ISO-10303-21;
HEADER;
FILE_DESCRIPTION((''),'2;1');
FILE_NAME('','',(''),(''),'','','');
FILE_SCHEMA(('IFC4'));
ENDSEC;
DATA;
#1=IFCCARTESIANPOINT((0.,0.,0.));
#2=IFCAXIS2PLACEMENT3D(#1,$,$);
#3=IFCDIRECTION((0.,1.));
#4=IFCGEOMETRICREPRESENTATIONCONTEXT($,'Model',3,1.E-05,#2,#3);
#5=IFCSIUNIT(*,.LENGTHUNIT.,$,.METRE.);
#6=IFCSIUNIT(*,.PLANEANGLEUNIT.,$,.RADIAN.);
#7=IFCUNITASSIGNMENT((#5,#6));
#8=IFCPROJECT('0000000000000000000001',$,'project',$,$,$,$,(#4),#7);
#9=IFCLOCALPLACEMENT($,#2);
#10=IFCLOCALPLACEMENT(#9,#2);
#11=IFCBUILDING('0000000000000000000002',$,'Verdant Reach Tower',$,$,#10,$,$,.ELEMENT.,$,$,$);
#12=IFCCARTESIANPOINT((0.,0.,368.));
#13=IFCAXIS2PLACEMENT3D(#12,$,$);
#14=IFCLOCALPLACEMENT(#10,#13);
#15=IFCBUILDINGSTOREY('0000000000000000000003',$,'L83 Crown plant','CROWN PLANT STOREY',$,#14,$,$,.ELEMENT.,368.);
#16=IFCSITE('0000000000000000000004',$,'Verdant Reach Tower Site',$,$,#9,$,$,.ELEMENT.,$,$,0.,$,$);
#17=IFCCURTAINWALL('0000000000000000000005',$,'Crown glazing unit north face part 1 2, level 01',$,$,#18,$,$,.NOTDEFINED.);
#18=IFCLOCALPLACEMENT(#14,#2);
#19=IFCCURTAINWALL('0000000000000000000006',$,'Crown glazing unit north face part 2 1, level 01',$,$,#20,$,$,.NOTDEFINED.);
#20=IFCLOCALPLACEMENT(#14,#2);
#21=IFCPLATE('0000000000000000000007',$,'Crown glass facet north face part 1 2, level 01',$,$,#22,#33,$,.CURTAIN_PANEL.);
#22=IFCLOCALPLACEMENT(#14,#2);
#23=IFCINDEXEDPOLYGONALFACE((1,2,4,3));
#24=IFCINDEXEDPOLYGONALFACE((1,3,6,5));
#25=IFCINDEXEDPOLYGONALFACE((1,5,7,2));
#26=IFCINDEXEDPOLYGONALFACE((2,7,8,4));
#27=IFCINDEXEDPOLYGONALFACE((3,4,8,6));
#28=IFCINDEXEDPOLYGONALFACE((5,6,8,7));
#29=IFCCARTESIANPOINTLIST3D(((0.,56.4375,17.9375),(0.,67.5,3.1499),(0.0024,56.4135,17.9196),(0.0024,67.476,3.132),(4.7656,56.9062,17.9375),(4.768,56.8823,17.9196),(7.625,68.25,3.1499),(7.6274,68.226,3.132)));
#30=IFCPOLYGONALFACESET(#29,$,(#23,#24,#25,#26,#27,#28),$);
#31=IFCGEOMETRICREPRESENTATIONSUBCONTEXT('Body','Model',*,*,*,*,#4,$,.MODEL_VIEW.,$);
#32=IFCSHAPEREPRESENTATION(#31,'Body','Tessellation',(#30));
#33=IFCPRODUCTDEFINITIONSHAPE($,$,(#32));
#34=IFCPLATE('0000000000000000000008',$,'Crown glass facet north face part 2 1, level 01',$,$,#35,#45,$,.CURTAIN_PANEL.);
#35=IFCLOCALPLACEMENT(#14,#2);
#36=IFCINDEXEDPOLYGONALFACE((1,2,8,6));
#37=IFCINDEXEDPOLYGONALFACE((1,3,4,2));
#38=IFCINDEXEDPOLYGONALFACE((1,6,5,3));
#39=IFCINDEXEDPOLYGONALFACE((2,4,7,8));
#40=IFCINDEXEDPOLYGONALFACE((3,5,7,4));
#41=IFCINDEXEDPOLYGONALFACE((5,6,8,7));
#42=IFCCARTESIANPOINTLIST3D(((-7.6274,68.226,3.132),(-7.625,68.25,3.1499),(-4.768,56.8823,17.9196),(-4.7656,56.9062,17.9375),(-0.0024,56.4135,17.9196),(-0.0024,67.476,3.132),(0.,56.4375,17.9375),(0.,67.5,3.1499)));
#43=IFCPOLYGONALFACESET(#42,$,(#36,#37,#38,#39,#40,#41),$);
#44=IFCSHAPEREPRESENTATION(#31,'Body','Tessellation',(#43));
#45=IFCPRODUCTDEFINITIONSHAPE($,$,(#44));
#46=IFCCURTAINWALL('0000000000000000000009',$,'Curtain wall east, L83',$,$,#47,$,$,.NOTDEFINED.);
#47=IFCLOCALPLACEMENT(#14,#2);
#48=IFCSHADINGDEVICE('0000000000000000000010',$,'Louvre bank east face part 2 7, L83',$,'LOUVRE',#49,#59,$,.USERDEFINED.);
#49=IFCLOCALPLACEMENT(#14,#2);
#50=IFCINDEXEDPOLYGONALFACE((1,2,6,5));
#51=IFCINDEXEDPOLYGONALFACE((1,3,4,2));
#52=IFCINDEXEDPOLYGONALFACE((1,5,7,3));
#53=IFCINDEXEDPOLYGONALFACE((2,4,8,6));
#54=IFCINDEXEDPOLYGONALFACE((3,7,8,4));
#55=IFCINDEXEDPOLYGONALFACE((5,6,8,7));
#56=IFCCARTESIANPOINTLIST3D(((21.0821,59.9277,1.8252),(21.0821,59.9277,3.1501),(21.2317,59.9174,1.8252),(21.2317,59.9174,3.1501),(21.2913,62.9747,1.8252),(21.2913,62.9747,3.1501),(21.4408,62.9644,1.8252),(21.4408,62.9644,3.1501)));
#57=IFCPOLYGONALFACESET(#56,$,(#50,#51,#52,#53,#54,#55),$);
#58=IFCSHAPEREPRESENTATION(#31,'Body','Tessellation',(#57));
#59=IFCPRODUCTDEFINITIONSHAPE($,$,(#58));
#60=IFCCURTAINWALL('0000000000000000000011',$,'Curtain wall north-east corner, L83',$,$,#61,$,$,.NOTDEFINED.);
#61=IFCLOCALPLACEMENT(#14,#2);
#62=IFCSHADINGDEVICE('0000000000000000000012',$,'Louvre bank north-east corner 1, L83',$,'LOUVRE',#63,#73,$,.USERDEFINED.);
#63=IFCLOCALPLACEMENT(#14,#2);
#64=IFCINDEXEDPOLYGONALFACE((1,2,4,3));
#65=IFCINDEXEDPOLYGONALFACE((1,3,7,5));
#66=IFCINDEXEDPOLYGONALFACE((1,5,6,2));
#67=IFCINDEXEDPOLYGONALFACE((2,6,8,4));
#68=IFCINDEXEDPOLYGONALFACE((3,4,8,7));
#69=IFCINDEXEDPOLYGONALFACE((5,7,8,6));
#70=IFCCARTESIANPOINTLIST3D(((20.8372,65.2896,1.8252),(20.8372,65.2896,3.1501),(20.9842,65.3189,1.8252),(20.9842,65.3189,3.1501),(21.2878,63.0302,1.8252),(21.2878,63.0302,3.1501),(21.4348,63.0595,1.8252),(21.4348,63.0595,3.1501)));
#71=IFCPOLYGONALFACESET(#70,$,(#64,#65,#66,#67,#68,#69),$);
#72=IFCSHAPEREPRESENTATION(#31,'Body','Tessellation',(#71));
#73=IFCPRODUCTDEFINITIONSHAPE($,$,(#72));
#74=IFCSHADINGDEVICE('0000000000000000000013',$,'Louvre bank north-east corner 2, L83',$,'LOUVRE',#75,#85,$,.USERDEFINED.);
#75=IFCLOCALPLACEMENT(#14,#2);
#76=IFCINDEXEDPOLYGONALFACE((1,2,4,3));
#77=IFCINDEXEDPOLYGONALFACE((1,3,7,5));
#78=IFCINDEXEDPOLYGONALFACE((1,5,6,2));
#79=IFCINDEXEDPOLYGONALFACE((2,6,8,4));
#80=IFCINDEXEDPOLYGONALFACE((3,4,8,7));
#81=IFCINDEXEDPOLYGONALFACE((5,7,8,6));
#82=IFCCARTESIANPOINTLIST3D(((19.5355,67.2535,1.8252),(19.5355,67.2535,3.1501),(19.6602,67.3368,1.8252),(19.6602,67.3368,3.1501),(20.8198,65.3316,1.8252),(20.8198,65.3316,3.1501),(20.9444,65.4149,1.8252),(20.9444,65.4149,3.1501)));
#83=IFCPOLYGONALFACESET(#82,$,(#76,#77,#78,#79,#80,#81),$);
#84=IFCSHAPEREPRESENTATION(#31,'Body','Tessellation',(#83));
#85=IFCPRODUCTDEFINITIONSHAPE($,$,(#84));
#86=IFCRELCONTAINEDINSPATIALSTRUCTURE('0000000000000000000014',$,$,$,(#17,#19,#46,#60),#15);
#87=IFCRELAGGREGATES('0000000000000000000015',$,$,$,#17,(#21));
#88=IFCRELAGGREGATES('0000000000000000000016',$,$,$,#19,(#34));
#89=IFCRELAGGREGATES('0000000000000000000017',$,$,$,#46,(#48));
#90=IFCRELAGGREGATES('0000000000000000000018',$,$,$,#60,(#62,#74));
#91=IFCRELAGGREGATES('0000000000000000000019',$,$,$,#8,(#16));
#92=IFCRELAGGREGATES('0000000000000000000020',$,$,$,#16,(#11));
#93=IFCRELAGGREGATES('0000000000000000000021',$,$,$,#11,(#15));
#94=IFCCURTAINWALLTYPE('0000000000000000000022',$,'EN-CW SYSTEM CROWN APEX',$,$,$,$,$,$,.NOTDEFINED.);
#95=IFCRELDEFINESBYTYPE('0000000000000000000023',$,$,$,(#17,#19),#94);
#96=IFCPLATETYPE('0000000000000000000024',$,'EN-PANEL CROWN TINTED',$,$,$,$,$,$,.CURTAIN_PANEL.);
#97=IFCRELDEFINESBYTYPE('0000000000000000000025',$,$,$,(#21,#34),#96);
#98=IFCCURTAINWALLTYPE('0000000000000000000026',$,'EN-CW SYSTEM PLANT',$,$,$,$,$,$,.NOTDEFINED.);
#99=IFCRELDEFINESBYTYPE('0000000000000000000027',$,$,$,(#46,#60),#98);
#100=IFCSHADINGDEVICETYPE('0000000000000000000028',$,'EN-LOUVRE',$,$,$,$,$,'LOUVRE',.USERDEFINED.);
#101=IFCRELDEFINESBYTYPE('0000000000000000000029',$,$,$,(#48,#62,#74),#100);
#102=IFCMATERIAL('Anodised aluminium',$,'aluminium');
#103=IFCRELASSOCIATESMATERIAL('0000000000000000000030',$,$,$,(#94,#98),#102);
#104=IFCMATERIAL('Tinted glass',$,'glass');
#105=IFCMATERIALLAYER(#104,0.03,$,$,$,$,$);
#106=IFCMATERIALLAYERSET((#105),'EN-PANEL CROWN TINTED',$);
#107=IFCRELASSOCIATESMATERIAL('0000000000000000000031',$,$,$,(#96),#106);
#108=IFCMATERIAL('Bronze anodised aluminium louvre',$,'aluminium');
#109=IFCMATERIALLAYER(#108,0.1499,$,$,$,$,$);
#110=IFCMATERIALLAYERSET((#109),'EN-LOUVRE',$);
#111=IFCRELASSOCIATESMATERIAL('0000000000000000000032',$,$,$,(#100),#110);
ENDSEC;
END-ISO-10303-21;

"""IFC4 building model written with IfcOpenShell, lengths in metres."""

from ifc_helpers import new_model, si_unit, direction, frame, origin, origin_2d, place, context, subcontext, project, spatial, polyline, rectangle, outline, extrude, material, layer, layer_set, type_object, element, aggregate, save


model = new_model("IFC4")

# Units and contexts
model_context = context("Model", 3, precision=1e-05, world=origin(), true_north=direction((0.0, 1.0)))
body_context = subcontext(model_context, "Body", "Model", "MODEL_VIEW")
ifc_project = project(units=[si_unit("LENGTHUNIT", "METRE"), si_unit("PLANEANGLEUNIT", "RADIAN")], contexts=[model_context])

# Site, building, storey
site_placement = place(None, origin())
site = spatial("IfcSite", under=ifc_project, at=site_placement, Name="Verdant Reach Tower Site", CompositionType="ELEMENT", RefElevation=0.0)
building_placement = place(site_placement, origin())
building = spatial("IfcBuilding", under=site, at=building_placement, Name="Verdant Reach Tower", CompositionType="ELEMENT")
storey_placement = place(building_placement, frame((0.0, 0.0, 368.0)))
storey = spatial("IfcBuildingStorey", under=building, at=storey_placement, Name="L83 Crown plant", Description="CROWN PLANT STOREY", CompositionType="ELEMENT", Elevation=368.0)

# Curtain wall
ifc_material_1 = material(Name="Anodised aluminium", Category="aluminium")
curtain_wall_type_1 = type_object("IfcCurtainWallType", Name="EN-CW SYSTEM CROWN APEX", PredefinedType="NOTDEFINED", material=ifc_material_1)
curtain_wall_1_placement = place(storey_placement, origin())
curtain_wall_1 = element("IfcCurtainWall", 1, at=curtain_wall_1_placement, inside=storey, type_object=curtain_wall_type_1, Name="Crown glazing unit north face part 1 2, level 01", PredefinedType="NOTDEFINED")

# Curtain wall
curtain_wall_2_placement = place(storey_placement, origin())
curtain_wall_2 = element("IfcCurtainWall", 2, at=curtain_wall_2_placement, inside=storey, type_object=curtain_wall_type_1, Name="Crown glazing unit north face part 2 1, level 01", PredefinedType="NOTDEFINED")

# Plates
ifc_material_2 = material(Name="Tinted glass", Category="glass")
ifc_layer_1 = layer(ifc_material_2, 0.03)
ifc_layer_set_1 = layer_set([ifc_layer_1], Name="EN-PANEL CROWN TINTED")
plate_type = type_object("IfcPlateType", Name="EN-PANEL CROWN TINTED", PredefinedType="CURTAIN_PANEL", material=ifc_layer_set_1)
plate_1_placement = place(storey_placement, frame((7.625, 68.25, 3.1499), z_axis=(-0.078517, 0.79826, 0.597173), x_axis=(-0.995197, -0.097888, 0.0)))
plate_1 = element("IfcPlate", 3, at=plate_1_placement, type_object=plate_type, Name="Crown glass facet north face part 1 2, level 01", PredefinedType="CURTAIN_PANEL", context=body_context, shape_type="SweptSolid", body=[
    extrude(outline(polyline([(0.0, 0.0), (7.6618, 0.0), (8.7447, 18.4358), (3.9561, 18.4358), (0.0, 0.0)])), origin(), (0.0, 0.0, -1.0), 0.03),
])
aggregate(curtain_wall_1, [plate_1])
plate_2_placement = place(storey_placement, frame((0.0, 67.5, 3.1499), z_axis=(0.078517, 0.79826, 0.597173), x_axis=(-0.995197, 0.097888, 0.0)))
plate_2 = element("IfcPlate", 4, at=plate_2_placement, type_object=plate_type, Name="Crown glass facet north face part 2 1, level 01", PredefinedType="CURTAIN_PANEL", context=body_context, shape_type="SweptSolid", body=[
    extrude(outline(polyline([(0.0, 0.0), (7.6618, 0.0), (3.7057, 18.4358), (-1.0829, 18.4358), (0.0, 0.0)])), origin(), (0.0, 0.0, -1.0), 0.03),
])
aggregate(curtain_wall_2, [plate_2])

# Curtain wall, shading device
curtain_wall_type_2 = type_object("IfcCurtainWallType", Name="EN-CW SYSTEM PLANT", PredefinedType="NOTDEFINED", material=ifc_material_1)
curtain_wall_3_placement = place(storey_placement, origin())
curtain_wall_3 = element("IfcCurtainWall", 5, at=curtain_wall_3_placement, inside=storey, type_object=curtain_wall_type_2, Name="Curtain wall east, L83", PredefinedType="NOTDEFINED")
ifc_material_3 = material(Name="Bronze anodised aluminium louvre", Category="aluminium")
ifc_layer_2 = layer(ifc_material_3, 0.1499)
ifc_layer_set_2 = layer_set([ifc_layer_2], Name="EN-LOUVRE")
shading_device_type = type_object("IfcShadingDeviceType", Name="EN-LOUVRE", ElementType="LOUVRE", PredefinedType="USERDEFINED", material=ifc_layer_set_2)
shading_device_1_placement = place(storey_placement, frame((21.2615, 61.446, 1.8252), z_axis=(0.0, 0.0, 1.0), x_axis=(0.068469, 0.997653, 0.0)))
shading_device_1 = element("IfcShadingDevice", 6, at=shading_device_1_placement, type_object=shading_device_type, Name="Louvre bank east face part 2 7, L83", ObjectType="LOUVRE", PredefinedType="USERDEFINED", context=body_context, shape_type="SweptSolid", body=[
    extrude(rectangle(XDim=3.0542, YDim=0.1499, at=origin_2d()), origin(), (0.0, 0.0, 1.0), 1.325),
])
aggregate(curtain_wall_3, [shading_device_1])

# Curtain wall, shading devices
curtain_wall_4_placement = place(storey_placement, origin())
curtain_wall_4 = element("IfcCurtainWall", 7, at=curtain_wall_4_placement, inside=storey, type_object=curtain_wall_type_2, Name="Curtain wall north-east corner, L83", PredefinedType="NOTDEFINED")
shading_device_2_placement = place(storey_placement, frame((21.136, 64.1746, 1.8252), z_axis=(0.0, 0.0, 1.0), x_axis=(-0.195593, 0.980685, 0.0)))
shading_device_2 = element("IfcShadingDevice", 8, at=shading_device_2_placement, type_object=shading_device_type, Name="Louvre bank north-east corner 1, L83", ObjectType="LOUVRE", PredefinedType="USERDEFINED", context=body_context, shape_type="SweptSolid", body=[
    extrude(rectangle(XDim=2.304, YDim=0.1499, at=origin_2d()), origin(), (0.0, 0.0, 1.0), 1.325),
])
shading_device_3_placement = place(storey_placement, frame((20.24, 66.3342, 1.8252), z_axis=(0.0, 0.0, 1.0), x_axis=(-0.555596, 0.831452, 0.0)))
shading_device_3 = element("IfcShadingDevice", 9, at=shading_device_3_placement, type_object=shading_device_type, Name="Louvre bank north-east corner 2, L83", ObjectType="LOUVRE", PredefinedType="USERDEFINED", context=body_context, shape_type="SweptSolid", body=[
    extrude(rectangle(XDim=2.3115, YDim=0.1499, at=origin_2d()), origin(), (0.0, 0.0, 1.0), 1.325),
])
aggregate(curtain_wall_4, [shading_device_2, shading_device_3])

save(model, "model.ifc")
